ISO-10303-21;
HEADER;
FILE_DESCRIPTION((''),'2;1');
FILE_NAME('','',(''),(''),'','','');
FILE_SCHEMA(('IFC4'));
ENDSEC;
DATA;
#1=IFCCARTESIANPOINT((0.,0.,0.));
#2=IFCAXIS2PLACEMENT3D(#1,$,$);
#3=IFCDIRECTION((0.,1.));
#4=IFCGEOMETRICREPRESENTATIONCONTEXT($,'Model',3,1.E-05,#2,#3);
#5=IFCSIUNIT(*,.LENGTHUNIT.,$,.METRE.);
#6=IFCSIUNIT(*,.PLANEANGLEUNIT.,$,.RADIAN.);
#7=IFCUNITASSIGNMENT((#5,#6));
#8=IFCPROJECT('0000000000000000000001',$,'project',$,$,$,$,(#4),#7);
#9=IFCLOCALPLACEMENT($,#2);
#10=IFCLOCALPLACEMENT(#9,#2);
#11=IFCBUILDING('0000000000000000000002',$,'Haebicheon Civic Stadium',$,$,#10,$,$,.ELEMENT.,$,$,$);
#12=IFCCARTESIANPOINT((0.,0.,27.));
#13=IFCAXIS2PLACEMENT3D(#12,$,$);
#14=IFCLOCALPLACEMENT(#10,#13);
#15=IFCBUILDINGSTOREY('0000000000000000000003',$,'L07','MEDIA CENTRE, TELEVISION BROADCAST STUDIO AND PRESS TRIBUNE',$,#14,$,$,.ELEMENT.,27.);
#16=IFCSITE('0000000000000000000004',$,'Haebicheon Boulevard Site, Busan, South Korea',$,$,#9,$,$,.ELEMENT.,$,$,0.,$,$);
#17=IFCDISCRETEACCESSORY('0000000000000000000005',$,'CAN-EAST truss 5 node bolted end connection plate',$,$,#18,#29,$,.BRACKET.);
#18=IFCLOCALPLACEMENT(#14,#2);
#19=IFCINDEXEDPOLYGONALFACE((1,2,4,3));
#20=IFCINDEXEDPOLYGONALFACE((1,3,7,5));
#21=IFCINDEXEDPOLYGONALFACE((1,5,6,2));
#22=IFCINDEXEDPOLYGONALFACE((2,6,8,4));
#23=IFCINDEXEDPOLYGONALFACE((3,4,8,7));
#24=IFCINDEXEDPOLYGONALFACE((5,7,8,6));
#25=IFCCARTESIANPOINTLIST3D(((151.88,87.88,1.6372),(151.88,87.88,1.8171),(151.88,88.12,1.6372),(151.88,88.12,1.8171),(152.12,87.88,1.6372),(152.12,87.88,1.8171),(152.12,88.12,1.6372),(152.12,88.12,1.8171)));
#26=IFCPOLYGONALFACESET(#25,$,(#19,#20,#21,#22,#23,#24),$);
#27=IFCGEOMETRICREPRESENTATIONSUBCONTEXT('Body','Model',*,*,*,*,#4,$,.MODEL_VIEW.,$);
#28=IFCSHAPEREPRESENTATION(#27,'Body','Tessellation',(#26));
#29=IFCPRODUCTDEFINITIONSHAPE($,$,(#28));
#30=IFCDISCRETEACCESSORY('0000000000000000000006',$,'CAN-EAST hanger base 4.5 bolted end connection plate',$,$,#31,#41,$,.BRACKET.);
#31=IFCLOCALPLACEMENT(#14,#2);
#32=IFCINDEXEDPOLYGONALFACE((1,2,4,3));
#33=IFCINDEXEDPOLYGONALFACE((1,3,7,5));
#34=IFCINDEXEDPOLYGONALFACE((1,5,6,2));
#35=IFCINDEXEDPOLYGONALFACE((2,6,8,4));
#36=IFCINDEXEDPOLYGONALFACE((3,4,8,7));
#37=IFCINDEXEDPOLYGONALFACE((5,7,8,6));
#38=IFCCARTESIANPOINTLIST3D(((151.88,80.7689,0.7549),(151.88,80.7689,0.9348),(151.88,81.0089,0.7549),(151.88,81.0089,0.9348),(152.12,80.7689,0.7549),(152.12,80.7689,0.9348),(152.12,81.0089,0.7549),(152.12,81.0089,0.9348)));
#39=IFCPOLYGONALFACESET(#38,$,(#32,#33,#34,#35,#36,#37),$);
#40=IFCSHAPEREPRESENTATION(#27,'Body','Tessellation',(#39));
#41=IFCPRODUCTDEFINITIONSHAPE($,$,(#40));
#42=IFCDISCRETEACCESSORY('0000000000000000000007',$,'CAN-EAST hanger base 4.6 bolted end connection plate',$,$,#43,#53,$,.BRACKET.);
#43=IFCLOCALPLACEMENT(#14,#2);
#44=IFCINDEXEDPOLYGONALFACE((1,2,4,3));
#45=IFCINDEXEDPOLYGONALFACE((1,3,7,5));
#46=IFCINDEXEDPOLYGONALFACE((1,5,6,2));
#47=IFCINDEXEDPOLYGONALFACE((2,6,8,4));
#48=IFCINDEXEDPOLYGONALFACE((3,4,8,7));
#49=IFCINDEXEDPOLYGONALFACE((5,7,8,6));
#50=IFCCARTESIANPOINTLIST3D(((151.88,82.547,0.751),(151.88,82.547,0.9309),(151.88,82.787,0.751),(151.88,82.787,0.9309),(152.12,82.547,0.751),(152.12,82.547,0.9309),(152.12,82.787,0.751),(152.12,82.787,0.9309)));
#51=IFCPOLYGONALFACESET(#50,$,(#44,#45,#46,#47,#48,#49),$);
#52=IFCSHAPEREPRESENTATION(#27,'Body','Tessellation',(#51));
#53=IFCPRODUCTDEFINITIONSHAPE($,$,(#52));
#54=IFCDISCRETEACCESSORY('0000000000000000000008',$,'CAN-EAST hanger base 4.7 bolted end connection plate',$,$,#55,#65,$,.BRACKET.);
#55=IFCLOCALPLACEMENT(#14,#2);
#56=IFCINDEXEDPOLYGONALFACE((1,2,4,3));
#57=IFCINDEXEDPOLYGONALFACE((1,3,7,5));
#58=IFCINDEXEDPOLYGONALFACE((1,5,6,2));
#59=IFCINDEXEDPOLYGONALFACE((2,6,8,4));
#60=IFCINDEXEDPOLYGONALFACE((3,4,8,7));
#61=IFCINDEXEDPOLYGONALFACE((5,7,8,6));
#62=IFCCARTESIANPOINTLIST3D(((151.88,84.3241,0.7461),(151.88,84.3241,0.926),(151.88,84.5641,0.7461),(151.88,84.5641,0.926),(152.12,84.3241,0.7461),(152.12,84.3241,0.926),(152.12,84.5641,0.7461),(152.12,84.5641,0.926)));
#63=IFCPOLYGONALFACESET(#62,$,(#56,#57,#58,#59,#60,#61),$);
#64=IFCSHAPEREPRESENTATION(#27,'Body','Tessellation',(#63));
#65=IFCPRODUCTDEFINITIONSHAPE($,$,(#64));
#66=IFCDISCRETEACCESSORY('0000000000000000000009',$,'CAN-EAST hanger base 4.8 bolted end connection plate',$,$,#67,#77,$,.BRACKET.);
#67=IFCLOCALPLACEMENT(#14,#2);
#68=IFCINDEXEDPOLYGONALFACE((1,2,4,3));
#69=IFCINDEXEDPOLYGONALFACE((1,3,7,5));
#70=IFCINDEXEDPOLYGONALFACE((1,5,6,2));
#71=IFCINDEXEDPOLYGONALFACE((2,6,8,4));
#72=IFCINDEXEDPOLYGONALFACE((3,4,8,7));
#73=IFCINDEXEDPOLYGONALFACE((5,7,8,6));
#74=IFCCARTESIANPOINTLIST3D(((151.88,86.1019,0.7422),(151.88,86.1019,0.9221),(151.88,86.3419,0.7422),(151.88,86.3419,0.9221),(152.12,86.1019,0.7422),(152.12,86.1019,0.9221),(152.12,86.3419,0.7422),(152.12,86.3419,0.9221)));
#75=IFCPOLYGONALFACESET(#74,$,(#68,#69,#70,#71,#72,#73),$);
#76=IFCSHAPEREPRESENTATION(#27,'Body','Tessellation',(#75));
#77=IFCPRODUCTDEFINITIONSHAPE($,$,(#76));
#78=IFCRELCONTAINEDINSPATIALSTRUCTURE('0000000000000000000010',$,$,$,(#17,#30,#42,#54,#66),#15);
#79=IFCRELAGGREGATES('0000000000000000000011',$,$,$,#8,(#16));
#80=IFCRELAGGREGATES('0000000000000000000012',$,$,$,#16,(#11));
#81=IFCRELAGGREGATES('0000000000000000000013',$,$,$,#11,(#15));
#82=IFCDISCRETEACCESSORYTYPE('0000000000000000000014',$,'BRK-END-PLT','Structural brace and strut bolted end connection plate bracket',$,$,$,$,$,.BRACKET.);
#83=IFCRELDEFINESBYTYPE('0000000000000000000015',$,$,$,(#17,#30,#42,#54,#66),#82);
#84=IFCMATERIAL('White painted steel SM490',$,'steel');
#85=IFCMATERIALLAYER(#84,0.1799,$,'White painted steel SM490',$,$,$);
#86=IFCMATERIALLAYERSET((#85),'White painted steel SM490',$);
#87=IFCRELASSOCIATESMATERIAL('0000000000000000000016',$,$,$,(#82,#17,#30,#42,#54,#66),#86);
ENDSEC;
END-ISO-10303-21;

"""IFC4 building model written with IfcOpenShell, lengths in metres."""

from ifc_helpers import new_model, si_unit, direction, frame, origin, origin_2d, place, context, subcontext, project, spatial, rectangle, extrude, material, layer, layer_set, type_object, element, save


model = new_model("IFC4")

# Units and contexts
model_context = context("Model", 3, precision=1e-05, world=origin(), true_north=direction((0.0, 1.0)))
body_context = subcontext(model_context, "Body", "Model", "MODEL_VIEW")
ifc_project = project(units=[si_unit("LENGTHUNIT", "METRE"), si_unit("PLANEANGLEUNIT", "RADIAN")], contexts=[model_context])

# Site, building, storey
site_placement = place(None, origin())
site = spatial("IfcSite", under=ifc_project, at=site_placement, Name="Haebicheon Boulevard Site, Busan, South Korea", CompositionType="ELEMENT", RefElevation=0.0)
building_placement = place(site_placement, origin())
building = spatial("IfcBuilding", under=site, at=building_placement, Name="Haebicheon Civic Stadium", CompositionType="ELEMENT")
storey_placement = place(building_placement, frame((0.0, 0.0, 27.0)))
storey = spatial("IfcBuildingStorey", under=building, at=storey_placement, Name="L07", Description="MEDIA CENTRE, TELEVISION BROADCAST STUDIO AND PRESS TRIBUNE", CompositionType="ELEMENT", Elevation=27.0)

# Discrete accessories
ifc_material_1 = material(Name="White painted steel SM490", Category="steel")
ifc_layer_1 = layer(ifc_material_1, 0.1799, Name="White painted steel SM490")
ifc_layer_set_1 = layer_set([ifc_layer_1], Name="White painted steel SM490")
discrete_accessory_type = type_object("IfcDiscreteAccessoryType", Name="BRK-END-PLT", Description="Structural brace and strut bolted end connection plate bracket", PredefinedType="BRACKET", material=ifc_layer_set_1)
for number, where, z_axis, x_axis, name in (
    (1, (152.0, 88.0, 1.6372), (0.0, 0.0, 1.0), (1.0, 0.0, 0.0), "CAN-EAST truss 5 node bolted end connection plate"),
    (2, (152.0, 80.8889, 0.7549), (0.0, 0.0, 1.0), (1.0, 0.0, 0.0), "CAN-EAST hanger base 4.5 bolted end connection plate"),
    (3, (152.0, 82.667, 0.751), (0.0, 0.0, 1.0), (1.0, 0.0, 0.0), "CAN-EAST hanger base 4.6 bolted end connection plate"),
    (4, (152.0, 84.4441, 0.7461), (0.0, 0.0, 1.0), (1.0, 0.0, 0.0), "CAN-EAST hanger base 4.7 bolted end connection plate"),
    (5, (152.0, 86.2219, 0.7422), (0.0, 0.0, 1.0), (1.0, 0.0, 0.0), "CAN-EAST hanger base 4.8 bolted end connection plate"),
):
    element("IfcDiscreteAccessory", number, at=place(storey_placement, frame(where, z_axis=z_axis, x_axis=x_axis)), inside=storey, type_object=discrete_accessory_type, material=ifc_layer_set_1, Name=name, PredefinedType="BRACKET", context=body_context, shape_type="SweptSolid", body=[
        extrude(rectangle(XDim=0.24, YDim=0.24, at=origin_2d()), origin(), (0.0, 0.0, 1.0), 0.1799),
    ])

save(model, "model.ifc")
